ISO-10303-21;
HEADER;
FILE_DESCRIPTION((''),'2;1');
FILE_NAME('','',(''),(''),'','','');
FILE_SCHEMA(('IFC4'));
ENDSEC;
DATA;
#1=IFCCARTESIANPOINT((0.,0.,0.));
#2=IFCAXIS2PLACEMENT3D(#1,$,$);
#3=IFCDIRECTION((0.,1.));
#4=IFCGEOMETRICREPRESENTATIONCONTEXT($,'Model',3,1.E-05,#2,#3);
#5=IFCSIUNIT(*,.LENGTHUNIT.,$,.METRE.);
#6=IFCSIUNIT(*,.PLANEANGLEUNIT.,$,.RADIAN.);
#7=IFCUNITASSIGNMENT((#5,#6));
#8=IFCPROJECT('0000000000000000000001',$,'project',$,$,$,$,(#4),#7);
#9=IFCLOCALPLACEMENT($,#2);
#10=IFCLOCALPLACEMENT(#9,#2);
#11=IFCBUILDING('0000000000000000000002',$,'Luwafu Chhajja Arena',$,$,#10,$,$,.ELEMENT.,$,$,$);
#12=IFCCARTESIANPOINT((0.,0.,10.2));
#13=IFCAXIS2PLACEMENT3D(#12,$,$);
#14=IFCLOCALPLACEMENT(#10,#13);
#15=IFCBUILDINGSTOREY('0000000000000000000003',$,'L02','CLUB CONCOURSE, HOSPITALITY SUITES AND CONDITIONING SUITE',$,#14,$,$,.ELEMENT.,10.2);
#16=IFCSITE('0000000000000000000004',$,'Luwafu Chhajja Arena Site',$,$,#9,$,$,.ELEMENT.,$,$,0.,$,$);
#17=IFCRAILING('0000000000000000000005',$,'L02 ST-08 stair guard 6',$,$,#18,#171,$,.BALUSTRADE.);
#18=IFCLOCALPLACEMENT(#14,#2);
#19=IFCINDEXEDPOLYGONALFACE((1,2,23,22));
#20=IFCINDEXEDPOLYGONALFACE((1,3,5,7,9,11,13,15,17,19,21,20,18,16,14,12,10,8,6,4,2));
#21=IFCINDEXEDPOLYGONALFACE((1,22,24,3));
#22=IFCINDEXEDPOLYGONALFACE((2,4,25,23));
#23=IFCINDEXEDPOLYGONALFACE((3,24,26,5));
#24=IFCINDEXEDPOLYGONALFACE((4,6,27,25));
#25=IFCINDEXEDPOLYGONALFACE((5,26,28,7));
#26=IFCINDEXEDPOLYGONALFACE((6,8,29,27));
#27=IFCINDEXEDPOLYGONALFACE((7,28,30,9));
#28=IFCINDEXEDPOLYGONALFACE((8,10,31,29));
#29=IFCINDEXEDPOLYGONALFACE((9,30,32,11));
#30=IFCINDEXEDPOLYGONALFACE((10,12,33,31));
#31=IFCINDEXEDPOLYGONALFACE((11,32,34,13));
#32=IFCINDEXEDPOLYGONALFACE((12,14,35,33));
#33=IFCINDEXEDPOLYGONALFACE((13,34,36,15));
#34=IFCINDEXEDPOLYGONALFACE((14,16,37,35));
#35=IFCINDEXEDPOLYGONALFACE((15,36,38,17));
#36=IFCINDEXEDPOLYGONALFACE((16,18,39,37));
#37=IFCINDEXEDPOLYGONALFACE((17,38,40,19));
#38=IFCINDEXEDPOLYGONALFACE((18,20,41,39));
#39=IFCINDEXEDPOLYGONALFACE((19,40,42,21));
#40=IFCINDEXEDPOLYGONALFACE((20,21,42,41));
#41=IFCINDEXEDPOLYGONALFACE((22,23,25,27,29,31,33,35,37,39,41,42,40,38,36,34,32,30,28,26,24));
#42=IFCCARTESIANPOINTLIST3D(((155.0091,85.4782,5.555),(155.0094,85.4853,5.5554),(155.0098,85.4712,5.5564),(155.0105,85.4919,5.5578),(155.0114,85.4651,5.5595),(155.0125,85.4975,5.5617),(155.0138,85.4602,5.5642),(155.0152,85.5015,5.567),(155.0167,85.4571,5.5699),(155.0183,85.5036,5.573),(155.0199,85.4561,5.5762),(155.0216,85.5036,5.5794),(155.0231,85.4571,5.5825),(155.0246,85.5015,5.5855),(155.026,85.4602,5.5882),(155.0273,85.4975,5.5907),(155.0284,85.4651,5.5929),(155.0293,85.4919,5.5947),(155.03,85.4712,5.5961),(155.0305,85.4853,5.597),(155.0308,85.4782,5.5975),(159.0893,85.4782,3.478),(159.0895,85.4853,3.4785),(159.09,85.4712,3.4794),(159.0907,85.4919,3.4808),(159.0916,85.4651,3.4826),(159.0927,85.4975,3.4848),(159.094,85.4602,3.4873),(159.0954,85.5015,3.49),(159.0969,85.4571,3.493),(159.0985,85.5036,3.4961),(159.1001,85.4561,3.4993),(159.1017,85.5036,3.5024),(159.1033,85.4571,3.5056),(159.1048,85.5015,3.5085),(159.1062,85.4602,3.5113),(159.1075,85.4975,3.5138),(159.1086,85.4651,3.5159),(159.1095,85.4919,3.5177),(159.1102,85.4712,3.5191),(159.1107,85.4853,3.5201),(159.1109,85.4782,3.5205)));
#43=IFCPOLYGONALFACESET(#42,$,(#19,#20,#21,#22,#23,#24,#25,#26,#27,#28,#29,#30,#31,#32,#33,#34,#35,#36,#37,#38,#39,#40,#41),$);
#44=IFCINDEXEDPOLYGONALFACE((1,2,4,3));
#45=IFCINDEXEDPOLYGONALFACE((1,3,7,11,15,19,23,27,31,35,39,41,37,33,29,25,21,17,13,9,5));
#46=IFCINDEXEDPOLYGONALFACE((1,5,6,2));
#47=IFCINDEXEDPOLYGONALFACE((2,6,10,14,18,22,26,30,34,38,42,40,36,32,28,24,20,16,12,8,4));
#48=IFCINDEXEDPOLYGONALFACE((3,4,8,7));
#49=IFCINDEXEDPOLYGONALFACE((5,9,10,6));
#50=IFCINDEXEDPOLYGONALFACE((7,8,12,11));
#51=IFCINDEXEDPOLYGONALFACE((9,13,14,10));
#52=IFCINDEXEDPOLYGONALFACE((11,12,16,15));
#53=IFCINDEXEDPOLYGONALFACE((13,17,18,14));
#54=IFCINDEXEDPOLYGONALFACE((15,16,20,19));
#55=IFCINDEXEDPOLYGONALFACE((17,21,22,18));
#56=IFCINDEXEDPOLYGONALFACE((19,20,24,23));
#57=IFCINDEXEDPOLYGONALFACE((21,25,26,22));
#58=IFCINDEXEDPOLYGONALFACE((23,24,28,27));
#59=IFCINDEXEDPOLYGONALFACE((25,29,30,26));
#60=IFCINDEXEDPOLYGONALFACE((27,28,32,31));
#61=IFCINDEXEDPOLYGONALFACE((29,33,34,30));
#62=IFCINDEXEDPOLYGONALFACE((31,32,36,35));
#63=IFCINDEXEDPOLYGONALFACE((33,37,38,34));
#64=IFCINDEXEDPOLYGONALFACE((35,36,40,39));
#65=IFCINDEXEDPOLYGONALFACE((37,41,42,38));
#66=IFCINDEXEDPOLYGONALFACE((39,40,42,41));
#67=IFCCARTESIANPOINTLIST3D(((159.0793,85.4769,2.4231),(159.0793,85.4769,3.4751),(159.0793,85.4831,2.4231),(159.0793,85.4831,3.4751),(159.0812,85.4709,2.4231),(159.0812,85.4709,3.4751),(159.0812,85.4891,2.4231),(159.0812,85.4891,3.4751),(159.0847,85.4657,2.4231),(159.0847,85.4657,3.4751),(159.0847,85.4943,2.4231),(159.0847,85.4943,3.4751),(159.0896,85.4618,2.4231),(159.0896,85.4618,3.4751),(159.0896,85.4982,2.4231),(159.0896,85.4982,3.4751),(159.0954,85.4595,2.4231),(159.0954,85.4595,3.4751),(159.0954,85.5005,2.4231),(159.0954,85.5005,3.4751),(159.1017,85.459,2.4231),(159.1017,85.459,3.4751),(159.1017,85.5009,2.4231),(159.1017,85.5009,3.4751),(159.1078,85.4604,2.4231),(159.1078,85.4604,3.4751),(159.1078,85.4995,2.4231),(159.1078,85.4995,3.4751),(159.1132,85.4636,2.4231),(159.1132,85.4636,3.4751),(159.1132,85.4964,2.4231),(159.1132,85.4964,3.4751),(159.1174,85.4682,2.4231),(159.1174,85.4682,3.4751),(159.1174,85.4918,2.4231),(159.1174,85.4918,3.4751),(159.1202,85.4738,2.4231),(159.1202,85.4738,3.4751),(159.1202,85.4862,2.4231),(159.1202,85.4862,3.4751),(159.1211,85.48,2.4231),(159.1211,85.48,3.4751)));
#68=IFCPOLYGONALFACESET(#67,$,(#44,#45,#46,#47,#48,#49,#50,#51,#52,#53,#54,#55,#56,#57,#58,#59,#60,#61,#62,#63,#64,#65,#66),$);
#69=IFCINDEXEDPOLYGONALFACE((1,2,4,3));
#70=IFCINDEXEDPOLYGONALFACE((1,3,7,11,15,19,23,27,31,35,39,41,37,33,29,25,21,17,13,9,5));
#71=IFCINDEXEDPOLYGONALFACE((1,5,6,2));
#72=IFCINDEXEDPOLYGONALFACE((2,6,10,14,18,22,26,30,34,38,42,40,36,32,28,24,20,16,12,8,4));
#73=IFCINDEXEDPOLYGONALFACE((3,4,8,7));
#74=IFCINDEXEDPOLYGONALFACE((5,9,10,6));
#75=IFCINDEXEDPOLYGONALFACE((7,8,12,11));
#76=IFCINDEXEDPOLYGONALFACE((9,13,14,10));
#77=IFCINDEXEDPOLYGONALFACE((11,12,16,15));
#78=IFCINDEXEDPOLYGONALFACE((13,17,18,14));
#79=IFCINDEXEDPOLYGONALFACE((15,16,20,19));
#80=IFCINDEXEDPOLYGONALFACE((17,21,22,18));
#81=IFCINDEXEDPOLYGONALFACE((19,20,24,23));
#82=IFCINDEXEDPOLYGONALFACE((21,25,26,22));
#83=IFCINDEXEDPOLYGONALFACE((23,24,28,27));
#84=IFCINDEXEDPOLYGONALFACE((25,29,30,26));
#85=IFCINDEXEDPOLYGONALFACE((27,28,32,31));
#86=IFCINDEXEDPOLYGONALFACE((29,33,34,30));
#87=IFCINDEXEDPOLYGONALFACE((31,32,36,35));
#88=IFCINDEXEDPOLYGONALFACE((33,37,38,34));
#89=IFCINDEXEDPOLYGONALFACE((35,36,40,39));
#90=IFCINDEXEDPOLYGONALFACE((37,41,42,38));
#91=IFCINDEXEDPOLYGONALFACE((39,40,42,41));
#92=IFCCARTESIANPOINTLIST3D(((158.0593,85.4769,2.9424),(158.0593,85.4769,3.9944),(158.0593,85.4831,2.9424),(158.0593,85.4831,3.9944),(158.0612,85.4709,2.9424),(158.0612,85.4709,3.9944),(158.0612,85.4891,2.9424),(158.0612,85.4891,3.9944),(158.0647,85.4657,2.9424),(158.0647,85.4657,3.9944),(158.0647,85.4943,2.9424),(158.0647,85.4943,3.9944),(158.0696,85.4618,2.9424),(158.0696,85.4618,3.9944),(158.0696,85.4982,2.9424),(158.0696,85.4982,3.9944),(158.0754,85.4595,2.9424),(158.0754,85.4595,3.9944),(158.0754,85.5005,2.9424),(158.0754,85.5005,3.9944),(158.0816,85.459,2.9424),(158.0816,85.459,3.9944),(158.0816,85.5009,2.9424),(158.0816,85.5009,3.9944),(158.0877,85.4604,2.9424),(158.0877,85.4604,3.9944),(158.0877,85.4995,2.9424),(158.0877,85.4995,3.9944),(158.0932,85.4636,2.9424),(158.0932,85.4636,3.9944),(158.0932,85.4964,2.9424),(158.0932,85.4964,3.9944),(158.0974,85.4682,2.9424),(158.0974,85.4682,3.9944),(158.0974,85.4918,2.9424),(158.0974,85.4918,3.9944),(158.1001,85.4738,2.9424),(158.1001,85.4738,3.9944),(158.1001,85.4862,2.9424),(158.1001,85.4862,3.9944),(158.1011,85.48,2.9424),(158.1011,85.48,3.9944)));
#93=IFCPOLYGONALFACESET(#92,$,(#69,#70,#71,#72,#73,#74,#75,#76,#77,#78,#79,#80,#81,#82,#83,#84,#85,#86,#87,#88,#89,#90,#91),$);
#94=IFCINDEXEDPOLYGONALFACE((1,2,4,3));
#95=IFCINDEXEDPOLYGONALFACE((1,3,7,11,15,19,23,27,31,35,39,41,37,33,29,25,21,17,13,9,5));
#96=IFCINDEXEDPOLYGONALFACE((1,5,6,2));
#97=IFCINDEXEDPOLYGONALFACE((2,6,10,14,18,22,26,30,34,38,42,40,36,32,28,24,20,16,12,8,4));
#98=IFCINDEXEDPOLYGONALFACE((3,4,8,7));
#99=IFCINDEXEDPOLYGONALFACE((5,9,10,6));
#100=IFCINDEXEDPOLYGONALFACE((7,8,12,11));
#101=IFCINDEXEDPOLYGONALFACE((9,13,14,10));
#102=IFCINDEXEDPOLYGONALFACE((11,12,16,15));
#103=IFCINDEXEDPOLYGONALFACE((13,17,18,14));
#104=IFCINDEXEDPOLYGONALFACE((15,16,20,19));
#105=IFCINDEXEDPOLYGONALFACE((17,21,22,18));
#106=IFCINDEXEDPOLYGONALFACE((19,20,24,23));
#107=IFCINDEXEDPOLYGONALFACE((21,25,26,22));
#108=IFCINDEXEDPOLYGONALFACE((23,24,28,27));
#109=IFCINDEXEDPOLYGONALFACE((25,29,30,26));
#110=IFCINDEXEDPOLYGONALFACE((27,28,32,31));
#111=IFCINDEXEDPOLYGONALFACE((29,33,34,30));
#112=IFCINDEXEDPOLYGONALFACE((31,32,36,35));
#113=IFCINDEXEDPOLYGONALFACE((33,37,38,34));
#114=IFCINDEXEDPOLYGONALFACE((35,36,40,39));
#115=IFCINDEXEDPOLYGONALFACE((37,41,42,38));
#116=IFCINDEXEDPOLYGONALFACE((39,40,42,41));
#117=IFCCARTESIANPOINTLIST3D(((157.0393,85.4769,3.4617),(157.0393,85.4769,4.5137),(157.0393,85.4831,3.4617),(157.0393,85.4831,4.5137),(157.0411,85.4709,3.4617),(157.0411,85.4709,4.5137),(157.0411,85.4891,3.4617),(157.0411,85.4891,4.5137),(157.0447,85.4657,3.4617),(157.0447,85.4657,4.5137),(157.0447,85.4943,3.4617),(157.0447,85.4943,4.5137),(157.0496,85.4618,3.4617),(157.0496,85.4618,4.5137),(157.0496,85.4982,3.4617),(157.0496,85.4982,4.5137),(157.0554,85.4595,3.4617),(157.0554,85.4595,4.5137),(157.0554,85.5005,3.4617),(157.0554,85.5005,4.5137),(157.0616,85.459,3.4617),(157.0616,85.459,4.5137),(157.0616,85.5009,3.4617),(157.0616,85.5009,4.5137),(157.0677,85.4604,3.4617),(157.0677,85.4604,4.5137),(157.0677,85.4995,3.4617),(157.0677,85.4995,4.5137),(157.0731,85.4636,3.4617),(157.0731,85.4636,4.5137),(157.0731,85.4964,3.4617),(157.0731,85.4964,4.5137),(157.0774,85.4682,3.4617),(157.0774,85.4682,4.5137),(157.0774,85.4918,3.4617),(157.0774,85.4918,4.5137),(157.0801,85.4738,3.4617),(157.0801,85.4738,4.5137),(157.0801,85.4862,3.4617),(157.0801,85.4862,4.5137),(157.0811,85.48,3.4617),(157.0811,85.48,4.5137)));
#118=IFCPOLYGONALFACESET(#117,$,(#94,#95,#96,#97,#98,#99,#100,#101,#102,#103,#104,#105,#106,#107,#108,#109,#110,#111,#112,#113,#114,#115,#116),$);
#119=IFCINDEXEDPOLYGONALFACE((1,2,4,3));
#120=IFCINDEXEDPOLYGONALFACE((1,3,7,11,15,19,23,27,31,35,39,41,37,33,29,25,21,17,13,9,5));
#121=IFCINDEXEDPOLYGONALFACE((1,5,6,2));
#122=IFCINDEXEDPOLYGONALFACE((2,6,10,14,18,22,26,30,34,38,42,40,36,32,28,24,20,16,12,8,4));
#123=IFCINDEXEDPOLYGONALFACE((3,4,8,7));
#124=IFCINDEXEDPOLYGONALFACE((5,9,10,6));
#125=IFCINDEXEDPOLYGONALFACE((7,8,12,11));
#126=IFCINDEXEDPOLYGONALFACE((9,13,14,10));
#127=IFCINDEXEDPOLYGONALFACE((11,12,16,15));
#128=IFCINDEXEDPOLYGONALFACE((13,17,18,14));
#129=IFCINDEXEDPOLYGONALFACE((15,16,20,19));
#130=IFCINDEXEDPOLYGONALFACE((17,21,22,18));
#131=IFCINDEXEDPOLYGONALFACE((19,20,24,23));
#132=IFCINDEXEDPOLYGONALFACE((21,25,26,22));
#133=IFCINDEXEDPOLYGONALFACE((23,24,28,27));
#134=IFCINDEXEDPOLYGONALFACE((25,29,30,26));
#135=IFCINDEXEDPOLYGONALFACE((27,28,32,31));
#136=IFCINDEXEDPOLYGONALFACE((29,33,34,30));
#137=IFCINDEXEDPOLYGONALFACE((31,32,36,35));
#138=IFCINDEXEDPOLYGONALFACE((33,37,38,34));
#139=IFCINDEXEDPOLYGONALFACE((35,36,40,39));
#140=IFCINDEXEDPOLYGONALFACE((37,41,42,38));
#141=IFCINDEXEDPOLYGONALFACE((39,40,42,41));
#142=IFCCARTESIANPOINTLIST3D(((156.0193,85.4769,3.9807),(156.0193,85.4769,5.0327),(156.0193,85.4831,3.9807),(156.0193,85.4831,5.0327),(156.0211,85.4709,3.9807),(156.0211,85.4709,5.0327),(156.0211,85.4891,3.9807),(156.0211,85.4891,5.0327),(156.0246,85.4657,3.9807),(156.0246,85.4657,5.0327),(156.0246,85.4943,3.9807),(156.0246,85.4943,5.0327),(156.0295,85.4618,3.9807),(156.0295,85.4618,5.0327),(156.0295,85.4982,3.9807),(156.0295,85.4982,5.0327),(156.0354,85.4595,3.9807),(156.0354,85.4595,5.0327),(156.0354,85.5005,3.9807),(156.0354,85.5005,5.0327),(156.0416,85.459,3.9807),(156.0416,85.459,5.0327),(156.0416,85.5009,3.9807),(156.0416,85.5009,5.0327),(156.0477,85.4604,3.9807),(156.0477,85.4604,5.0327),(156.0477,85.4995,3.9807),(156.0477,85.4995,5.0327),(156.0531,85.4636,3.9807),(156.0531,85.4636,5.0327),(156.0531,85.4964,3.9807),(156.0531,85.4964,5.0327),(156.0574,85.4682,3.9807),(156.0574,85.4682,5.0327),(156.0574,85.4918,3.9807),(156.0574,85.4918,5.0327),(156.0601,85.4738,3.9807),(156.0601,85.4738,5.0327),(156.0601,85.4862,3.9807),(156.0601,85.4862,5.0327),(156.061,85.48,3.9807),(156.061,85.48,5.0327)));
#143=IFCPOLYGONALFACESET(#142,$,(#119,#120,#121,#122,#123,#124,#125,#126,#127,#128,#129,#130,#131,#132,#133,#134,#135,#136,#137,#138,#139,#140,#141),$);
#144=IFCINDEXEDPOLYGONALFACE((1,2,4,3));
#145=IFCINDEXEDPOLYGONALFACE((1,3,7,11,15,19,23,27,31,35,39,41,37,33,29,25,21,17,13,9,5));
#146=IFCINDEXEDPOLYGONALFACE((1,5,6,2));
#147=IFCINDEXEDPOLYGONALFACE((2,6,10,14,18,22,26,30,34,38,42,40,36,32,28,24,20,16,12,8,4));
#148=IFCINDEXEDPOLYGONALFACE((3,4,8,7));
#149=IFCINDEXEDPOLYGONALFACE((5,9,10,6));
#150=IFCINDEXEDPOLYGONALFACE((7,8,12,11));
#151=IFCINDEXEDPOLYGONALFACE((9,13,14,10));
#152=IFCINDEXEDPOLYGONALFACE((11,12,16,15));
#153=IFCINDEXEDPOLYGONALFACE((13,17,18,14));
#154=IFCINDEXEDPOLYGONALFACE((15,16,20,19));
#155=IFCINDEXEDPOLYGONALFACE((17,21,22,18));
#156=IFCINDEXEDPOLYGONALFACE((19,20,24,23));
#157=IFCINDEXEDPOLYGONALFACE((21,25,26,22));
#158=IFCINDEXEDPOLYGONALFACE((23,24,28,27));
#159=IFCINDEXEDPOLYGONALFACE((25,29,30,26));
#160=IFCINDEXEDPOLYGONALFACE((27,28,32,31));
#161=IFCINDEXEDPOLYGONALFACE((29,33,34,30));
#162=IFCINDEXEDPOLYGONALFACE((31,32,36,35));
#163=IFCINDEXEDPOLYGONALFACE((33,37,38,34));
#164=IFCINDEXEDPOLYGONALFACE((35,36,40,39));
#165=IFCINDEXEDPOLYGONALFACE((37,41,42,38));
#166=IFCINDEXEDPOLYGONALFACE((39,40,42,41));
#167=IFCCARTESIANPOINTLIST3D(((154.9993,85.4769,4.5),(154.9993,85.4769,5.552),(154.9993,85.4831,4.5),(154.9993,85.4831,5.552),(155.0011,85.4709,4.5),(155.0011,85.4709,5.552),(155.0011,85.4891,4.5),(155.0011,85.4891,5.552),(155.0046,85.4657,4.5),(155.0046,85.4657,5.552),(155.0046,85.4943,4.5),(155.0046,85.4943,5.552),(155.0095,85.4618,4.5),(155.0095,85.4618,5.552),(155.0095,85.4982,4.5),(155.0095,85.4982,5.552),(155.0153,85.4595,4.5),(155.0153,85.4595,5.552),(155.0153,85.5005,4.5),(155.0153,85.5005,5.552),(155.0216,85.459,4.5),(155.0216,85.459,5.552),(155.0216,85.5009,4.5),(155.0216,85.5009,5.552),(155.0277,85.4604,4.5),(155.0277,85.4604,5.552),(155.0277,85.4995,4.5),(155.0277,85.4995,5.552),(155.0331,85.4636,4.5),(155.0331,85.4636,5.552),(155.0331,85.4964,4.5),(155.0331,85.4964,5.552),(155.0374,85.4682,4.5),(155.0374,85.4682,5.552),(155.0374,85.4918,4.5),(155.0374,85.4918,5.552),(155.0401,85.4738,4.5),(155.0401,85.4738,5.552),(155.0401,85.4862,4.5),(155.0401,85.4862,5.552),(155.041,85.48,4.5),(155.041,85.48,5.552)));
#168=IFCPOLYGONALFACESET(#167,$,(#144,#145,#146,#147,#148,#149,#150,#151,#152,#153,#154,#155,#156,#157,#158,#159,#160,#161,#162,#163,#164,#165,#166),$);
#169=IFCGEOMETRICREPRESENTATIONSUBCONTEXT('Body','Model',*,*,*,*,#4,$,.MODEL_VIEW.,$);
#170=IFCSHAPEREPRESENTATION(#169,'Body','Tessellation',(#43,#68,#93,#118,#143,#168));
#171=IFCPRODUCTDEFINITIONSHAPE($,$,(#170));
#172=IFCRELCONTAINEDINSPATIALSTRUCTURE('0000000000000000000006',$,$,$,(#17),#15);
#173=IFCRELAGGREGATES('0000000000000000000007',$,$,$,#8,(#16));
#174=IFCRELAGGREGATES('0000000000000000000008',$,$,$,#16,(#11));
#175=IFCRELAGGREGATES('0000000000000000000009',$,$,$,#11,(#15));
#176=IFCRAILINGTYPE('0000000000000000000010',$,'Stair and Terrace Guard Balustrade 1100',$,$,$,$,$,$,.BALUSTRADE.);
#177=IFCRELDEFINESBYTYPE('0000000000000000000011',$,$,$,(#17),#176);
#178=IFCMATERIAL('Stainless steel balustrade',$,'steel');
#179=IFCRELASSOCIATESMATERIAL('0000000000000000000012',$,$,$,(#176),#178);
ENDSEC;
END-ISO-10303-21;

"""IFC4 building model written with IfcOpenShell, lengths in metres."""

from ifc_helpers import new_model, si_unit, direction, frame, origin, origin_2d, place, context, subcontext, project, spatial, circle, extrude, material, type_object, element, save


model = new_model("IFC4")

# Units and contexts
model_context = context("Model", 3, precision=1e-05, world=origin(), true_north=direction((0.0, 1.0)))
body_context = subcontext(model_context, "Body", "Model", "MODEL_VIEW")
ifc_project = project(units=[si_unit("LENGTHUNIT", "METRE"), si_unit("PLANEANGLEUNIT", "RADIAN")], contexts=[model_context])

# Site, building, storey
site_placement = place(None, origin())
site = spatial("IfcSite", under=ifc_project, at=site_placement, Name="Luwafu Chhajja Arena Site", CompositionType="ELEMENT", RefElevation=0.0)
building_placement = place(site_placement, origin())
building = spatial("IfcBuilding", under=site, at=building_placement, Name="Luwafu Chhajja Arena", CompositionType="ELEMENT")
storey_placement = place(building_placement, frame((0.0, 0.0, 10.2)))
storey = spatial("IfcBuildingStorey", under=building, at=storey_placement, Name="L02", Description="CLUB CONCOURSE, HOSPITALITY SUITES AND CONDITIONING SUITE", CompositionType="ELEMENT", Elevation=10.2)

# Railing
ifc_material_1 = material(Name="Stainless steel balustrade", Category="steel")
railing_type_1 = type_object("IfcRailingType", Name="Stair and Terrace Guard Balustrade 1100", PredefinedType="BALUSTRADE", material=ifc_material_1)
railing_1_placement = place(storey_placement, frame((159.1001, 85.48, 2.4231)))
element("IfcRailing", 1, at=railing_1_placement, inside=storey, type_object=railing_type_1, Name="L02 ST-08 stair guard 6", PredefinedType="BALUSTRADE", context=body_context, shape_type="SweptSolid", body=[
    extrude(circle(Radius=0.0239, at=origin_2d()), frame((0.0, 0.0, 1.0762), z_axis=(-0.891183, 0.0, 0.453644), x_axis=(0.0, -1.0, 0.0)), (0.0, 0.0, 1.0), 4.5784),
    extrude(circle(Radius=0.021, at=origin_2d()), origin(), (0.0, 0.0, 1.0), 1.052),
    extrude(circle(Radius=0.021, at=origin_2d()), frame((-1.02, 0.0, 0.5193)), (0.0, 0.0, 1.0), 1.052),
    extrude(circle(Radius=0.021, at=origin_2d()), frame((-2.04, 0.0, 1.0386)), (0.0, 0.0, 1.0), 1.052),
    extrude(circle(Radius=0.021, at=origin_2d()), frame((-3.0601, 0.0, 1.5576)), (0.0, 0.0, 1.0), 1.052),
    extrude(circle(Radius=0.021, at=origin_2d()), frame((-4.0801, 0.0, 2.0769)), (0.0, 0.0, 1.0), 1.052),
])

save(model, "model.ifc")
